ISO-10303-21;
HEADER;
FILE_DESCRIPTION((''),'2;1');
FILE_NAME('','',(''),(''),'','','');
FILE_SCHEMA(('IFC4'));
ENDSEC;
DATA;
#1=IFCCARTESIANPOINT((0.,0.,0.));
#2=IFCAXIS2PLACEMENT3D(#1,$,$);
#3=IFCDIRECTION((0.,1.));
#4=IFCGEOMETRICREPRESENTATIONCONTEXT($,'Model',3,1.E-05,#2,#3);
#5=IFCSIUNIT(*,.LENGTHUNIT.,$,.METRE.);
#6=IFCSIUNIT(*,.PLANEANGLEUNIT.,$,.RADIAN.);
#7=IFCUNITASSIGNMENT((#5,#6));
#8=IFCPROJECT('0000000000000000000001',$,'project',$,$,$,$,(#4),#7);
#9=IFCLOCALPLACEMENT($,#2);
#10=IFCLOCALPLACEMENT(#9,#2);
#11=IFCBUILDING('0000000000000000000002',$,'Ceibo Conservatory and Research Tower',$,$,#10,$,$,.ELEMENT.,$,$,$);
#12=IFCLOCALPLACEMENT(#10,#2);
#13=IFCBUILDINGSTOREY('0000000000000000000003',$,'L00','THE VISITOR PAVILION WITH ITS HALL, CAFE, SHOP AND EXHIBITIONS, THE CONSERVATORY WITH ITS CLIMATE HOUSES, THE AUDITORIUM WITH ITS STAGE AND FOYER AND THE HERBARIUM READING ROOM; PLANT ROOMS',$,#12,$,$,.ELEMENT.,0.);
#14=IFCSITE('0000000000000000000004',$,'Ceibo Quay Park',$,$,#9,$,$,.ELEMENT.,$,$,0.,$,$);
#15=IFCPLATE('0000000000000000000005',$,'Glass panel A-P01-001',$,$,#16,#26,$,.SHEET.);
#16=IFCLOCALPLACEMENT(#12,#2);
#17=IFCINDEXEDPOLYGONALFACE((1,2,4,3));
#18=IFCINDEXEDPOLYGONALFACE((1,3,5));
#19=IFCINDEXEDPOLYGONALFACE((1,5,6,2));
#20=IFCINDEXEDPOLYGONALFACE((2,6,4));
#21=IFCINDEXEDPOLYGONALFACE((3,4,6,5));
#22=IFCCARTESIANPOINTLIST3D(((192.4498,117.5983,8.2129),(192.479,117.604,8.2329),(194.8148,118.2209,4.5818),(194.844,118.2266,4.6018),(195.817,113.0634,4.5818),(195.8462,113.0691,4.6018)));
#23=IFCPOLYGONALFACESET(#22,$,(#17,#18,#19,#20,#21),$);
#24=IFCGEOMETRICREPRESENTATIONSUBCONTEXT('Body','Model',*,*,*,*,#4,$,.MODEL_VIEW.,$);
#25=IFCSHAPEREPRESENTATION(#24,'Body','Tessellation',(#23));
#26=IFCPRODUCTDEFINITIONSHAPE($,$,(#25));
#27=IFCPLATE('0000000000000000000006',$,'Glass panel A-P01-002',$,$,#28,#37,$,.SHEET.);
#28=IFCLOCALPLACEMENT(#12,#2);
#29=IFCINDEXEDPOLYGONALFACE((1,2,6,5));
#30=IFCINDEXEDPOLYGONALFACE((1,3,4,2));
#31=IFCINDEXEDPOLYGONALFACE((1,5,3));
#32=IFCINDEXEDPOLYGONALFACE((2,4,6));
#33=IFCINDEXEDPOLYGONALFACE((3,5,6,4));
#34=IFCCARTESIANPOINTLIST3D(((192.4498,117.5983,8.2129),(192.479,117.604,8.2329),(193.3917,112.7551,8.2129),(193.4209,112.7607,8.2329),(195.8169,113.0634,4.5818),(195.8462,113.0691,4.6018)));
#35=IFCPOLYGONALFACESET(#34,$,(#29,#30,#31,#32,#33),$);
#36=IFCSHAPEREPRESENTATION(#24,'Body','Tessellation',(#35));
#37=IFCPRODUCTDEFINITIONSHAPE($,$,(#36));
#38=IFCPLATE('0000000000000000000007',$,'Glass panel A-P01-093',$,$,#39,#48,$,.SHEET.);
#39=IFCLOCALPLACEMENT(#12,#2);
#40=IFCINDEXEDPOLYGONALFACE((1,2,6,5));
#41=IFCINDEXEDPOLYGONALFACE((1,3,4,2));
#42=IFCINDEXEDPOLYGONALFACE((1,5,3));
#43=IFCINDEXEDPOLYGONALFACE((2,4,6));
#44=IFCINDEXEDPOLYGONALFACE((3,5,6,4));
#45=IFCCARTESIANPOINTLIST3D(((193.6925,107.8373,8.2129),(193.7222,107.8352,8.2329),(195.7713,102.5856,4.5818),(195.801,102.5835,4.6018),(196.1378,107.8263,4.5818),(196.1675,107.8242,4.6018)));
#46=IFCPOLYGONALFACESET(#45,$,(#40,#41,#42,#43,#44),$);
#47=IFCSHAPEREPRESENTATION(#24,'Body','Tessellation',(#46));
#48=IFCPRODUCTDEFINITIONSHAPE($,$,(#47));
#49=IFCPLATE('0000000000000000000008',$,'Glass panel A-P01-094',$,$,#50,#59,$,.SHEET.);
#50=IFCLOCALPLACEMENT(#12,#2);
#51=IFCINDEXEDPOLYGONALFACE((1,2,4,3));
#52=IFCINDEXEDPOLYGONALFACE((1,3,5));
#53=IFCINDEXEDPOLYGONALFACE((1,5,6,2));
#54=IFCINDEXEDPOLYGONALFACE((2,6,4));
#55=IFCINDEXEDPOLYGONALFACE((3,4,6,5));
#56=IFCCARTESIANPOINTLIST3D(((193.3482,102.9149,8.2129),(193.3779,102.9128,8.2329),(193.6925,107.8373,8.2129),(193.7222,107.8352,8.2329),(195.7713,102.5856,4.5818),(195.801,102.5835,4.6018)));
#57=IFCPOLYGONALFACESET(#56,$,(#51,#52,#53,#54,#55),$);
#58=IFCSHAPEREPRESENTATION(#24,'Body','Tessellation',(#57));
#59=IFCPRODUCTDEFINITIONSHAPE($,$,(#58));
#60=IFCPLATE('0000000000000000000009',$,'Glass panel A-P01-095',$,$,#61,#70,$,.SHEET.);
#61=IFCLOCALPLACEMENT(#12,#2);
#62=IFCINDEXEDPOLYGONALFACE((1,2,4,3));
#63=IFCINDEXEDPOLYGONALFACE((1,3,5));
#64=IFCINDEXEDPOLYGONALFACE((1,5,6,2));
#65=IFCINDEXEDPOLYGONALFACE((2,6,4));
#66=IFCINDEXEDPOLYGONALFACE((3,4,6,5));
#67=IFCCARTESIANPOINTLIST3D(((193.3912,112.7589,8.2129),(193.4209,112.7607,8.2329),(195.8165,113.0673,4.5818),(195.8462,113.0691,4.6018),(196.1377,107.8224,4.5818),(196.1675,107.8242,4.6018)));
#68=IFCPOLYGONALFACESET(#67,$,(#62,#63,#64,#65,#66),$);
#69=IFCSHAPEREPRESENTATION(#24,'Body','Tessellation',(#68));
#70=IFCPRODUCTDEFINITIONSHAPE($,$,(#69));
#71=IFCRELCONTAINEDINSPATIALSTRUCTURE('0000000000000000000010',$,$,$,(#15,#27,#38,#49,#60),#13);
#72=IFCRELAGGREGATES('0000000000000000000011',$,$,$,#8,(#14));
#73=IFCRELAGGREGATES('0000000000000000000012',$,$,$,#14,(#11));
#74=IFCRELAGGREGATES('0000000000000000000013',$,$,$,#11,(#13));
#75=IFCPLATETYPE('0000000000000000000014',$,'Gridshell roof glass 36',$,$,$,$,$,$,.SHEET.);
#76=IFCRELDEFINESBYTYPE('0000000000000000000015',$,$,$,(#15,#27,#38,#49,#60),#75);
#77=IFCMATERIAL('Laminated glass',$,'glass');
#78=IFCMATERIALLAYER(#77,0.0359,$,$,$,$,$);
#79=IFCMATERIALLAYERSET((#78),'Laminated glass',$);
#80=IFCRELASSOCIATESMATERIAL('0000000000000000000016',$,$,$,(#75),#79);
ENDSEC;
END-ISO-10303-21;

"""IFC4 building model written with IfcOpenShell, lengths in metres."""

from ifc_helpers import new_model, si_unit, direction, frame, origin, place, context, subcontext, project, spatial, polyline, outline, extrude, material, layer, layer_set, type_object, element, save


model = new_model("IFC4")

# Units and contexts
model_context = context("Model", 3, precision=1e-05, world=origin(), true_north=direction((0.0, 1.0)))
body_context = subcontext(model_context, "Body", "Model", "MODEL_VIEW")
ifc_project = project(units=[si_unit("LENGTHUNIT", "METRE"), si_unit("PLANEANGLEUNIT", "RADIAN")], contexts=[model_context])

# Site, building, storey
site_placement = place(None, origin())
site = spatial("IfcSite", under=ifc_project, at=site_placement, Name="Ceibo Quay Park", CompositionType="ELEMENT", RefElevation=0.0)
building_placement = place(site_placement, origin())
building = spatial("IfcBuilding", under=site, at=building_placement, Name="Ceibo Conservatory and Research Tower", CompositionType="ELEMENT")
storey_placement = place(building_placement, origin())
storey = spatial("IfcBuildingStorey", under=building, at=storey_placement, Name="L00", Description="THE VISITOR PAVILION WITH ITS HALL, CAFE, SHOP AND EXHIBITIONS, THE CONSERVATORY WITH ITS CLIMATE HOUSES, THE AUDITORIUM WITH ITS STAGE AND FOYER AND THE HERBARIUM READING ROOM; PLANT ROOMS", CompositionType="ELEMENT", Elevation=0.0)

# Shared definitions
ifc_material_1 = material(Name="Laminated glass", Category="glass")

# Plates
ifc_layer_1 = layer(ifc_material_1, 0.0359)
ifc_layer_set_1 = layer_set([ifc_layer_1], Name="Laminated glass")
plate_type_1 = type_object("IfcPlateType", Name="Gridshell roof glass 36", PredefinedType="SHEET", material=ifc_layer_set_1)
plate_1_placement = place(storey_placement, frame((195.8462, 113.0691, 4.6018), z_axis=(0.814739, 0.15832, 0.557795), x_axis=(-0.190752, 0.981638, 0.0)))
element("IfcPlate", 1, at=plate_1_placement, inside=storey, type_object=plate_type_1, Name="Glass panel A-P01-001", PredefinedType="SHEET", context=body_context, shape_type="SweptSolid", body=[
    extrude(outline(polyline([(0.0, 0.0), (5.2539, 0.0), (5.0939, 4.3749), (0.0, 0.0)])), origin(), (0.0, 0.0, -1.0), 0.0359),
])
plate_2_placement = place(storey_placement, frame((195.8462, 113.0691, 4.6018), z_axis=(0.814794, 0.158457, 0.557675), x_axis=(-0.501459, 0.675363, 0.540763)))
element("IfcPlate", 2, at=plate_2_placement, inside=storey, type_object=plate_type_1, Name="Glass panel A-P01-002", PredefinedType="SHEET", context=body_context, shape_type="SweptSolid", body=[
    extrude(outline(polyline([(0.0, 0.0), (6.7148, 0.0), (2.9715, 3.2144), (0.0, 0.0)])), origin(), (0.0, 0.0, -1.0), 0.0359),
])
plate_3_placement = place(storey_placement, frame((195.801, 102.5835, 4.6018), z_axis=(0.827978, -0.057896, 0.557764), x_axis=(0.069754, 0.997564, 0.0)))
element("IfcPlate", 3, at=plate_3_placement, inside=storey, type_object=plate_type_1, Name="Glass panel A-P01-093", PredefinedType="SHEET", context=body_context, shape_type="SweptSolid", body=[
    extrude(outline(polyline([(0.0, 0.0), (5.2535, 0.0), (5.0939, 4.3748), (0.0, 0.0)])), origin(), (0.0, 0.0, -1.0), 0.0359),
])
plate_4_placement = place(storey_placement, frame((195.801, 102.5835, 4.6018), z_axis=(0.827972, -0.057903, 0.557772), x_axis=(-0.309599, 0.782123, 0.54077)))
element("IfcPlate", 4, at=plate_4_placement, inside=storey, type_object=plate_type_1, Name="Glass panel A-P01-094", PredefinedType="SHEET", context=body_context, shape_type="SweptSolid", body=[
    extrude(outline(polyline([(0.0, 0.0), (6.7147, 0.0), (2.9714, 3.2149), (0.0, 0.0)])), origin(), (0.0, 0.0, -1.0), 0.0359),
])
plate_5_placement = place(storey_placement, frame((196.1675, 107.8242, 4.6018), z_axis=(0.828501, 0.050752, 0.557683), x_axis=(-0.061143, 0.998129, 0.0)))
element("IfcPlate", 5, at=plate_5_placement, inside=storey, type_object=plate_type_1, Name="Glass panel A-P01-095", PredefinedType="SHEET", context=body_context, shape_type="SweptSolid", body=[
    extrude(outline(polyline([(0.0, 0.0), (5.2547, 0.0), (5.0952, 4.3745), (0.0, 0.0)])), origin(), (0.0, 0.0, -1.0), 0.0359),
])

save(model, "model.ifc")
